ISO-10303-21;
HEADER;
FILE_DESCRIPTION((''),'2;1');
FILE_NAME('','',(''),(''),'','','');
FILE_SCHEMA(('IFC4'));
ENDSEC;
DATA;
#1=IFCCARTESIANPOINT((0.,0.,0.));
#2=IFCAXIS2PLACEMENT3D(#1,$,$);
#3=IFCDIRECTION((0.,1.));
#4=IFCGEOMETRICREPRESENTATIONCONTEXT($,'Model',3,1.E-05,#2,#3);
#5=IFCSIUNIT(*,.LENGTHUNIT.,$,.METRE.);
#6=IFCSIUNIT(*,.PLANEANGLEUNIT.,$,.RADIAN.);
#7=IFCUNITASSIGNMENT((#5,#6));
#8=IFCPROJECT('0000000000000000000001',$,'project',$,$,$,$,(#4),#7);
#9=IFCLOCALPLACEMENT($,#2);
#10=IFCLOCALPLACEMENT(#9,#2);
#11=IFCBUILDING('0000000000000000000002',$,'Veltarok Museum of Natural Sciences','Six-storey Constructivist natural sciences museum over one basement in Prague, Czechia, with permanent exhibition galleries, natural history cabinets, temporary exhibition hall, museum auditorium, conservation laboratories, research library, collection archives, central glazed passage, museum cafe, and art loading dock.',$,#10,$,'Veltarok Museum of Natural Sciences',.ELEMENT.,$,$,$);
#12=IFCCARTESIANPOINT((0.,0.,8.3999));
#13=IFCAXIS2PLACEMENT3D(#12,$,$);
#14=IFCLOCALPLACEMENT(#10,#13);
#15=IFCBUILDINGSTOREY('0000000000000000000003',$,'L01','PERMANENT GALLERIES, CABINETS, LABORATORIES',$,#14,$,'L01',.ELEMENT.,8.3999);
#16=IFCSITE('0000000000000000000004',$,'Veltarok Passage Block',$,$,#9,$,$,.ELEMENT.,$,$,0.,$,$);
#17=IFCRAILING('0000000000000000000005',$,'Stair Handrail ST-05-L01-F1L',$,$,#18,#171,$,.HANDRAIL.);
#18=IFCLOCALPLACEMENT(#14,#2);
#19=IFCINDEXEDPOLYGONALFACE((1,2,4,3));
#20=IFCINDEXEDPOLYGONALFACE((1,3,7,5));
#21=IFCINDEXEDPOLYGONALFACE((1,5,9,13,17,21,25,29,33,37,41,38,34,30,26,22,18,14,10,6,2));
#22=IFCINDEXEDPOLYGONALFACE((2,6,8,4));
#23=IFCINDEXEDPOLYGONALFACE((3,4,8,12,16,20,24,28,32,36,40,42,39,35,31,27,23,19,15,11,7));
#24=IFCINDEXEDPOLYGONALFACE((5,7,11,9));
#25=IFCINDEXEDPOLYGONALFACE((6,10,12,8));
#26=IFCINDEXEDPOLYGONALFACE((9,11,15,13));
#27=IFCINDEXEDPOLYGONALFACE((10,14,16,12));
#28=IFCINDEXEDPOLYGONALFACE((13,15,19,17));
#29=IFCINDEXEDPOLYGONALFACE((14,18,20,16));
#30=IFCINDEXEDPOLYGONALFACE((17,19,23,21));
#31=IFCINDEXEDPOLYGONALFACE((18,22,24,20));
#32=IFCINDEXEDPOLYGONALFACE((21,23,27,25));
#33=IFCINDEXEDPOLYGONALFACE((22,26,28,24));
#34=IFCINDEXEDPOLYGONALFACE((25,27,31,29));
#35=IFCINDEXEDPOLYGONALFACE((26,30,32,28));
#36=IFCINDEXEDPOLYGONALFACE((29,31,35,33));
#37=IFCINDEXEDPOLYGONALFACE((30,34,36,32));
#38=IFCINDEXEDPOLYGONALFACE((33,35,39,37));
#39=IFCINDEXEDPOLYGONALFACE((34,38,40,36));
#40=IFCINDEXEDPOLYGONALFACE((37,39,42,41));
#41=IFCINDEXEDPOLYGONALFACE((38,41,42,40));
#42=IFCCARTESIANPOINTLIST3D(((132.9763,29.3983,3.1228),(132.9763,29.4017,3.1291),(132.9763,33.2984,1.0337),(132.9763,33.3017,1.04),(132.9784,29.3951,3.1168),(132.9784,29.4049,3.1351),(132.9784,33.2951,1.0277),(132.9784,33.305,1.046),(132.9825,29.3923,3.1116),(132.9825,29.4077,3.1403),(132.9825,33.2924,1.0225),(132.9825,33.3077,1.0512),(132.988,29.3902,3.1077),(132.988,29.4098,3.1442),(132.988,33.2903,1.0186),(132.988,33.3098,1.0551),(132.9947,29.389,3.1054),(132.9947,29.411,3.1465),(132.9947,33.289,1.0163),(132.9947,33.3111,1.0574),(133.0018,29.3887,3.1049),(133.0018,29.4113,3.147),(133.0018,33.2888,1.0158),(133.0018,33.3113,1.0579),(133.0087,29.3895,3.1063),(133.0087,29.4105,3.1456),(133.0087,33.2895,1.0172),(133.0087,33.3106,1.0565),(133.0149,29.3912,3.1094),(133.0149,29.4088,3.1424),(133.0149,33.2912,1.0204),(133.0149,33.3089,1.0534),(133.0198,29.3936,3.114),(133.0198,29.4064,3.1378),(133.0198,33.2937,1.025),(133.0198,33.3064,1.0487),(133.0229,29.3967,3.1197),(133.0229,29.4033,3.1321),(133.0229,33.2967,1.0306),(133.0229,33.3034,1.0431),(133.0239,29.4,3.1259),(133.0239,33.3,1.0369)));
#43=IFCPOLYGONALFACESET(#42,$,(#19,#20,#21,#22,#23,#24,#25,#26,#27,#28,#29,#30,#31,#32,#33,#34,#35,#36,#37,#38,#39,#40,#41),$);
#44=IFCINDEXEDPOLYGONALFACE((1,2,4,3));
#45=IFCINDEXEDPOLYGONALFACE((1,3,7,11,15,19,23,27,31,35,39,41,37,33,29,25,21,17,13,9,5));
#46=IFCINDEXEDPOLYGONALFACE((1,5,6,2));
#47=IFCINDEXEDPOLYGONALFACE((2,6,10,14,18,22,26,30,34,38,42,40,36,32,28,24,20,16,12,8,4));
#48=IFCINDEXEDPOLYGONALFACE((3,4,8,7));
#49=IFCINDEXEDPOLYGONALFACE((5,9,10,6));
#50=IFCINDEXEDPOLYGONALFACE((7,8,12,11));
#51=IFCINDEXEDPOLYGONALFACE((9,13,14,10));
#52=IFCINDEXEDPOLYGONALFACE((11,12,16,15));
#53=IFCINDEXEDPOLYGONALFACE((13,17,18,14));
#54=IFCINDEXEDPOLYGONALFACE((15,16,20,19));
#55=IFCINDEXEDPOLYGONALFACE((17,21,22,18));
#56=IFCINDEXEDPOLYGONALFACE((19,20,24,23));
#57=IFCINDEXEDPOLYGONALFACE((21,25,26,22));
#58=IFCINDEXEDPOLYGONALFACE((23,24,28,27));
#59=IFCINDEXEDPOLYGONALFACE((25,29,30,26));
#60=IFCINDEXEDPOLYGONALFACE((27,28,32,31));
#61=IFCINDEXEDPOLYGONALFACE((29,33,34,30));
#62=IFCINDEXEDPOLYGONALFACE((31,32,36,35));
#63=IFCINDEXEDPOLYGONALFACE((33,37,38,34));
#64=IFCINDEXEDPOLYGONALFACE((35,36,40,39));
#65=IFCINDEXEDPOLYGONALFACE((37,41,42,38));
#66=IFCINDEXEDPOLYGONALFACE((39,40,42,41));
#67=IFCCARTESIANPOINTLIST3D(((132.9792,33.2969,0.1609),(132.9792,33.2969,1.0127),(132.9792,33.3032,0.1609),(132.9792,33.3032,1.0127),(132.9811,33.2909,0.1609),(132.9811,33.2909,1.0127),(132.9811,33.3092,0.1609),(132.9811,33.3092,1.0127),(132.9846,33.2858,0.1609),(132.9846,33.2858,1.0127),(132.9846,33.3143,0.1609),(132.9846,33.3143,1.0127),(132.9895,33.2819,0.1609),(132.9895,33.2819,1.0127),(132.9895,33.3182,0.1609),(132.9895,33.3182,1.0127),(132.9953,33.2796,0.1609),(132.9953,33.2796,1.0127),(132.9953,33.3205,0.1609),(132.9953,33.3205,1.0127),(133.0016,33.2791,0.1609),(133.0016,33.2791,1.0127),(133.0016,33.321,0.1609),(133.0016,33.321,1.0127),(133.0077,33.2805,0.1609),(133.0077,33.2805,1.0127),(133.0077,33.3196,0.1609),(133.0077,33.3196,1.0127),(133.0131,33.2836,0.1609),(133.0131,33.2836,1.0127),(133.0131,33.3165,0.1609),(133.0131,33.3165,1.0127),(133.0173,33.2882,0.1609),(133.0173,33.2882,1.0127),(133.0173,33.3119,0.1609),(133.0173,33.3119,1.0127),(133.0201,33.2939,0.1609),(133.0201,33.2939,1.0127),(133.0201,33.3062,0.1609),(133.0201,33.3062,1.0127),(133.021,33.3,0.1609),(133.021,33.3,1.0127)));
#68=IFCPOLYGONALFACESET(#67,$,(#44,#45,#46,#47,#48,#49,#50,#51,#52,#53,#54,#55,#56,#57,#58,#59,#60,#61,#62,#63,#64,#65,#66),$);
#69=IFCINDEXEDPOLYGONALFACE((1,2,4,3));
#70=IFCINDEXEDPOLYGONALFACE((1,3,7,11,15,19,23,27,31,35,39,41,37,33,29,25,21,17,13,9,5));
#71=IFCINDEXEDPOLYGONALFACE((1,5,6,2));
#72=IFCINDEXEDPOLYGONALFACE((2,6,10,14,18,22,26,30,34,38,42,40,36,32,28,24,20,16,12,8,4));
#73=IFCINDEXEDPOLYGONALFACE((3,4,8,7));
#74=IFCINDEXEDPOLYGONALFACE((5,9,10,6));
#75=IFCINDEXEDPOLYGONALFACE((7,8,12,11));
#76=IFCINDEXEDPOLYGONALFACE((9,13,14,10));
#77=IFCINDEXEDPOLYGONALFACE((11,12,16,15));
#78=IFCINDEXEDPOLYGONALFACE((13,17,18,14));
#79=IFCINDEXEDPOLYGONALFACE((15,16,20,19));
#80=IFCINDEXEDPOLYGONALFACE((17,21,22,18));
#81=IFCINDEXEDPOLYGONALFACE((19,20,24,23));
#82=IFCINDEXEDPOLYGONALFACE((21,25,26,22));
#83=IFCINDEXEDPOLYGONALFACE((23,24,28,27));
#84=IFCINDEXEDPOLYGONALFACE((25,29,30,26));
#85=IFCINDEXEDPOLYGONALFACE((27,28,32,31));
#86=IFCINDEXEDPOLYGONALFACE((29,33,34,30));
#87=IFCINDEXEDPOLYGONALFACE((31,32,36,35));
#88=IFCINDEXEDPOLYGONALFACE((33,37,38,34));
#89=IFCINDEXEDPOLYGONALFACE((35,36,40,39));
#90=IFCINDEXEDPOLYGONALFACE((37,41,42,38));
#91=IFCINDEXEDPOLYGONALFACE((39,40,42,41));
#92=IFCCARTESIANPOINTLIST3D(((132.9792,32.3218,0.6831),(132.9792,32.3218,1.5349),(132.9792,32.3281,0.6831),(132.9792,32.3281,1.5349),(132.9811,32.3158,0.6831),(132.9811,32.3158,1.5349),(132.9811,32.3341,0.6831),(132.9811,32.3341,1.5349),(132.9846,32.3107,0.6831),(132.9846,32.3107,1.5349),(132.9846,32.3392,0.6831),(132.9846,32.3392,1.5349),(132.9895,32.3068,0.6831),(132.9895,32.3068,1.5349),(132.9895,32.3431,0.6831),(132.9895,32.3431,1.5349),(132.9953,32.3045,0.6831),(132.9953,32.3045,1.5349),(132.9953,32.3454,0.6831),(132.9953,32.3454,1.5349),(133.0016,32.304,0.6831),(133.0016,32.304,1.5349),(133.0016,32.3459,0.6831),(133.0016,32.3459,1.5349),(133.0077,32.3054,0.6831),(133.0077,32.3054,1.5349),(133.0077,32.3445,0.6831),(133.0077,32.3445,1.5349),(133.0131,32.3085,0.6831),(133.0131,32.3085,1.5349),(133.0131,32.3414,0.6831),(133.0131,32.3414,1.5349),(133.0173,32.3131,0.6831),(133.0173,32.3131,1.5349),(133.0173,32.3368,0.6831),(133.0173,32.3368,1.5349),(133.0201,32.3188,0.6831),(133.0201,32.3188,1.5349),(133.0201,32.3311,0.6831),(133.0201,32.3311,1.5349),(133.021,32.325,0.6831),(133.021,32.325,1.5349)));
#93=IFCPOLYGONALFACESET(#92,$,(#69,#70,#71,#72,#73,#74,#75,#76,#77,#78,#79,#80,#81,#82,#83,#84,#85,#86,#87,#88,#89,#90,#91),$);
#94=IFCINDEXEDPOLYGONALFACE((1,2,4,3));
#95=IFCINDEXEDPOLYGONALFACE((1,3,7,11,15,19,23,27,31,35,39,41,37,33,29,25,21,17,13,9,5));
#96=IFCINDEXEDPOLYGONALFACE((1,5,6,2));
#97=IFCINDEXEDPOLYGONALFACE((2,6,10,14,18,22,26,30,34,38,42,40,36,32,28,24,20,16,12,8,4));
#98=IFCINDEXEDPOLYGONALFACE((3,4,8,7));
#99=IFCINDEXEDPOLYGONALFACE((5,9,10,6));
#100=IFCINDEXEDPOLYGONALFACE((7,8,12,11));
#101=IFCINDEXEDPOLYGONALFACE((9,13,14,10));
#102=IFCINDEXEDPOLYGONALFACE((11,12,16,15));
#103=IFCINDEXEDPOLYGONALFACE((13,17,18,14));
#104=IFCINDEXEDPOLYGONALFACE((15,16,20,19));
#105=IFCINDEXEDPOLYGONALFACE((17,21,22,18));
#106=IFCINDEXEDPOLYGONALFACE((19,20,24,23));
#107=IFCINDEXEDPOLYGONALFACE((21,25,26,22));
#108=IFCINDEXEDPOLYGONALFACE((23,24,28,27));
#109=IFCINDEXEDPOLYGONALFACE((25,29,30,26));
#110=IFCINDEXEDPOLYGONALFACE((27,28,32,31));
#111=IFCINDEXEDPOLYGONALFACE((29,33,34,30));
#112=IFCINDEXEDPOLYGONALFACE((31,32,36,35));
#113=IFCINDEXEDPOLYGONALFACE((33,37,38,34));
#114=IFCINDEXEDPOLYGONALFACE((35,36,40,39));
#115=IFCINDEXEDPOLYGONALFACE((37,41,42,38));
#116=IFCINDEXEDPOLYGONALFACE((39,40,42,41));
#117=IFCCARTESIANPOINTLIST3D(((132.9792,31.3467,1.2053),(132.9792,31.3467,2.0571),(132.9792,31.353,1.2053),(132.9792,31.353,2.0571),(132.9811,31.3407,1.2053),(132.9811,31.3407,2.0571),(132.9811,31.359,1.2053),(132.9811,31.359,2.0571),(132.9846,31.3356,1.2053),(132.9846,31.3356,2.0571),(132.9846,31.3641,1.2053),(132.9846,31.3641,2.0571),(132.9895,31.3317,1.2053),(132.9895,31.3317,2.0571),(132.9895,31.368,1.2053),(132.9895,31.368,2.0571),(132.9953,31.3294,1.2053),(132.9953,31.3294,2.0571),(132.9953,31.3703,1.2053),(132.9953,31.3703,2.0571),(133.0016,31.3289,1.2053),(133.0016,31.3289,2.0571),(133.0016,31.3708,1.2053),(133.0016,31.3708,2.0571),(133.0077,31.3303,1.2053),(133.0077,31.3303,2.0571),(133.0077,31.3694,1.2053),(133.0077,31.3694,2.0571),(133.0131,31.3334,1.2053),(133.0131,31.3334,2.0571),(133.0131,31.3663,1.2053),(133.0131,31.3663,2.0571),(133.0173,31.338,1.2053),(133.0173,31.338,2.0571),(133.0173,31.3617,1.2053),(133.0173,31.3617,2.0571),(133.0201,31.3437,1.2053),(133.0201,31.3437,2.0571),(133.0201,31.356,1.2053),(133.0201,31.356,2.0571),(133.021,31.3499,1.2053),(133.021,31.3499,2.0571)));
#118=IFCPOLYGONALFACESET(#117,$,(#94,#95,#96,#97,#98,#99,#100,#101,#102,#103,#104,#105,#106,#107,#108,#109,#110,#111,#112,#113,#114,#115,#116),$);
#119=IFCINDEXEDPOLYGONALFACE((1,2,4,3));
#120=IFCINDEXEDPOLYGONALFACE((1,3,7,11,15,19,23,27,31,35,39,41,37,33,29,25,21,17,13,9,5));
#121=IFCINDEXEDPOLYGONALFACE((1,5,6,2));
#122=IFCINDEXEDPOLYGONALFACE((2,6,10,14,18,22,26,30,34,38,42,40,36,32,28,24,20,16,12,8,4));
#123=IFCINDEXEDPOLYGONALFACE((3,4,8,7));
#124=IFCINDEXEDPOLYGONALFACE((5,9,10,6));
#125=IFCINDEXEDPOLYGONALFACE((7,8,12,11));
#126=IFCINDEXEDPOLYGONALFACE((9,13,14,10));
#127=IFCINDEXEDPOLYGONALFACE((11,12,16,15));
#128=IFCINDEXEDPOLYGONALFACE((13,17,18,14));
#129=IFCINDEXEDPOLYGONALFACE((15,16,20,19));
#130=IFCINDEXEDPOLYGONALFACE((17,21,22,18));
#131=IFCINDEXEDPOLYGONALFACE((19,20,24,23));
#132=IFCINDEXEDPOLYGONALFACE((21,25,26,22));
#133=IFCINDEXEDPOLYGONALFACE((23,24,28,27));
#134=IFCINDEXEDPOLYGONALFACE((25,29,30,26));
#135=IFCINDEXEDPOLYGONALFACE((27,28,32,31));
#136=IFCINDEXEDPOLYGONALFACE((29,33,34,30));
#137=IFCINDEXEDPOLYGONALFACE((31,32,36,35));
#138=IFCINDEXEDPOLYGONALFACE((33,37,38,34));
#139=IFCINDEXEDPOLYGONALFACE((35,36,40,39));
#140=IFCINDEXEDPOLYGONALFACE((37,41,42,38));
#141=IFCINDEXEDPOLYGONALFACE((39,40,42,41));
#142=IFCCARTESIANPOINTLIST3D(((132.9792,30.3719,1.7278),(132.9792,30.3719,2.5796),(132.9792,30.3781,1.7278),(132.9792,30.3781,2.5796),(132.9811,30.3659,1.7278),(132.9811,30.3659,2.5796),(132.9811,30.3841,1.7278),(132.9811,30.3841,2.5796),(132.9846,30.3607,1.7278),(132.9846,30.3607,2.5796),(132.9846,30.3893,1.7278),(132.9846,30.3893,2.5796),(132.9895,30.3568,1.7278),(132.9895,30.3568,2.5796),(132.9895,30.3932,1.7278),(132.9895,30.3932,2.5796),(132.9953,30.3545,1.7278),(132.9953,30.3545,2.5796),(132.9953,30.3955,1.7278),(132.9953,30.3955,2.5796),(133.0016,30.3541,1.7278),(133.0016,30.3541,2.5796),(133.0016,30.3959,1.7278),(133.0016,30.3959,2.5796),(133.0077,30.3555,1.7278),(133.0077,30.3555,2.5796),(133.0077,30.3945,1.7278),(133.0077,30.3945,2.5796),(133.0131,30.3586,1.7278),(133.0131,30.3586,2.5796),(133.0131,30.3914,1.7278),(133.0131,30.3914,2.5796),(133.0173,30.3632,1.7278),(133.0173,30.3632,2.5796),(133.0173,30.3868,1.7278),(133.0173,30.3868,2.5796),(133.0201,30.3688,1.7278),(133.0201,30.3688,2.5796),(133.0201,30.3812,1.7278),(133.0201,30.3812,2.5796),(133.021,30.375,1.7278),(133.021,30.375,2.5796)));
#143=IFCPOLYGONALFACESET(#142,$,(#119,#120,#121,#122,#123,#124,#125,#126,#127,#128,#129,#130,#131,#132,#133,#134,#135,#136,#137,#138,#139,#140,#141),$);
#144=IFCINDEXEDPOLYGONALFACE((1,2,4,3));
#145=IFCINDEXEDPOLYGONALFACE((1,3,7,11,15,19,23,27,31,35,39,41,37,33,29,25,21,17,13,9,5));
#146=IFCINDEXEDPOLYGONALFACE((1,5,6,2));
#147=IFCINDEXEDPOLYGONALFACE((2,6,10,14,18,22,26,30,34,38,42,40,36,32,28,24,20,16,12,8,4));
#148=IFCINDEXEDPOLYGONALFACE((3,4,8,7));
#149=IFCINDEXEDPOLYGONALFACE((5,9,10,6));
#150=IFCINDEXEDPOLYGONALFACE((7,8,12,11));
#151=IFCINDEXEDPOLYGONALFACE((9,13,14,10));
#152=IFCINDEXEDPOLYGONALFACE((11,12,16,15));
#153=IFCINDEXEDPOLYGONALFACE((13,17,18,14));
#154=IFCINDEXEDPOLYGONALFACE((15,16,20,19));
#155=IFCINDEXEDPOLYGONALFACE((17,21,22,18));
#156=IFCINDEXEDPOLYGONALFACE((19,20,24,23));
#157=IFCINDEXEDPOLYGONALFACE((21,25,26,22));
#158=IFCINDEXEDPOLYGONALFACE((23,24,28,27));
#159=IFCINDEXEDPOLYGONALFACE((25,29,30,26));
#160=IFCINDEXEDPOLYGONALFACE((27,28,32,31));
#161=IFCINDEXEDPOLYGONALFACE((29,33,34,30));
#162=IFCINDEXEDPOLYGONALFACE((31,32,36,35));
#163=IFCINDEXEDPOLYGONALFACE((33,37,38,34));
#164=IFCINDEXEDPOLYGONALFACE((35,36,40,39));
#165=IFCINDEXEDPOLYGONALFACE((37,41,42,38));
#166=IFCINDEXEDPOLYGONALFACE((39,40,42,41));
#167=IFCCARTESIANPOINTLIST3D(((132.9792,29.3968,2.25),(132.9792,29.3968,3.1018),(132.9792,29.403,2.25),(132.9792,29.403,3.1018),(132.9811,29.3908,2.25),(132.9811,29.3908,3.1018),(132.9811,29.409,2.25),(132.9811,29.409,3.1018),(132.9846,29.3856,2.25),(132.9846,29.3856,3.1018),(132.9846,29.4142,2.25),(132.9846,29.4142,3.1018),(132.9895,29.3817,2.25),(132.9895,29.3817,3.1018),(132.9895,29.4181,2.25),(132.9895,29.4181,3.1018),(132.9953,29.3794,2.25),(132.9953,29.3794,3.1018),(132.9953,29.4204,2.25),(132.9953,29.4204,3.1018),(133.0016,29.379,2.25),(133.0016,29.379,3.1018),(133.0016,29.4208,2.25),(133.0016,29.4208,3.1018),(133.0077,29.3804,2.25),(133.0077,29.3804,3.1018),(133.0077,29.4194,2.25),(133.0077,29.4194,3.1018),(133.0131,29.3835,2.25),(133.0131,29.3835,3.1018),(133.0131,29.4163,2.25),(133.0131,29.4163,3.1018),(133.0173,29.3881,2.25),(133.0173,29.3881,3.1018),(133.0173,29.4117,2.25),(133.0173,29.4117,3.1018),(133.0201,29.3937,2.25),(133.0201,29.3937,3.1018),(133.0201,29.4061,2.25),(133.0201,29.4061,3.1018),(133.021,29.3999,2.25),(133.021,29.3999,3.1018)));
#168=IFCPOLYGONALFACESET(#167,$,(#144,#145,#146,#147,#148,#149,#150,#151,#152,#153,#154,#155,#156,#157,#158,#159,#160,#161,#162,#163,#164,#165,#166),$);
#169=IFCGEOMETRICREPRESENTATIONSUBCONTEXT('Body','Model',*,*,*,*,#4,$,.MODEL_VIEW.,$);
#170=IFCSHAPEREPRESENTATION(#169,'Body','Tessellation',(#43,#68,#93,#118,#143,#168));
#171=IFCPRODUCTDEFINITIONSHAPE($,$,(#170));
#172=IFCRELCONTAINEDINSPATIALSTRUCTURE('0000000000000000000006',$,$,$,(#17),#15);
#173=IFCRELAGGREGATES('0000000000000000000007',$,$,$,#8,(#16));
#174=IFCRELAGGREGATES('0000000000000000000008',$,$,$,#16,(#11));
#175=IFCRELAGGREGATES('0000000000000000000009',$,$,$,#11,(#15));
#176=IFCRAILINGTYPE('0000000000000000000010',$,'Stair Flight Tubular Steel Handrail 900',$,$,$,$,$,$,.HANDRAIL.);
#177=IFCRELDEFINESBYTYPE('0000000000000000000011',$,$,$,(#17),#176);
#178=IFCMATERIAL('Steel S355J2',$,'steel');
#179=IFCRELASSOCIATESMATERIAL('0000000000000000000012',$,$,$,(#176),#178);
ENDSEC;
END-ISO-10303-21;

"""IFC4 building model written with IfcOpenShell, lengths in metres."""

from ifc_helpers import new_model, si_unit, direction, frame, origin, origin_2d, place, context, subcontext, project, spatial, circle, extrude, material, type_object, element, save


model = new_model("IFC4")

# Units and contexts
model_context = context("Model", 3, precision=1e-05, world=origin(), true_north=direction((0.0, 1.0)))
body_context = subcontext(model_context, "Body", "Model", "MODEL_VIEW")
ifc_project = project(units=[si_unit("LENGTHUNIT", "METRE"), si_unit("PLANEANGLEUNIT", "RADIAN")], contexts=[model_context])

# Site, building, storey
site_placement = place(None, origin())
site = spatial("IfcSite", under=ifc_project, at=site_placement, Name="Veltarok Passage Block", CompositionType="ELEMENT", RefElevation=0.0)
building_placement = place(site_placement, origin())
building = spatial("IfcBuilding", under=site, at=building_placement, Name="Veltarok Museum of Natural Sciences", Description="Six-storey Constructivist natural sciences museum over one basement in Prague, Czechia, with permanent exhibition galleries, natural history cabinets, temporary exhibition hall, museum auditorium, conservation laboratories, research library, collection archives, central glazed passage, museum cafe, and art loading dock.", LongName="Veltarok Museum of Natural Sciences", CompositionType="ELEMENT")
storey_placement = place(building_placement, frame((0.0, 0.0, 8.3999)))
storey = spatial("IfcBuildingStorey", under=building, at=storey_placement, Name="L01", Description="PERMANENT GALLERIES, CABINETS, LABORATORIES", LongName="L01", CompositionType="ELEMENT", Elevation=8.3999)

# Railing
ifc_material_1 = material(Name="Steel S355J2", Category="steel")
railing_type_1 = type_object("IfcRailingType", Name="Stair Flight Tubular Steel Handrail 900", PredefinedType="HANDRAIL", material=ifc_material_1)
for number, where, name in (
    (1, (133.0, 33.3, 0.1609), "Stair Handrail ST-05-L01-F1L"),
):
    element("IfcRailing", number, at=place(storey_placement, frame(where)), inside=storey, type_object=railing_type_1, Name=name, PredefinedType="HANDRAIL", context=body_context, shape_type="SweptSolid", body=[
        extrude(circle(Radius=0.0239, at=origin_2d()), frame((0.0, 0.0, 0.876), z_axis=(0.0, -0.881504, 0.472177), x_axis=(1.0, 0.0, 0.0)), (0.0, 0.0, 1.0), 4.4243),
        extrude(circle(Radius=0.021, at=origin_2d()), origin(), (0.0, 0.0, 1.0), 0.8518),
        extrude(circle(Radius=0.021, at=origin_2d()), frame((0.0, -0.9751, 0.5222)), (0.0, 0.0, 1.0), 0.8518),
        extrude(circle(Radius=0.021, at=origin_2d()), frame((0.0, -1.9502, 1.0444)), (0.0, 0.0, 1.0), 0.8518),
        extrude(circle(Radius=0.021, at=origin_2d()), frame((0.0, -2.925, 1.5669)), (0.0, 0.0, 1.0), 0.8518),
        extrude(circle(Radius=0.021, at=origin_2d()), frame((0.0, -3.9001, 2.0891)), (0.0, 0.0, 1.0), 0.8518),
    ])

save(model, "model.ifc")
